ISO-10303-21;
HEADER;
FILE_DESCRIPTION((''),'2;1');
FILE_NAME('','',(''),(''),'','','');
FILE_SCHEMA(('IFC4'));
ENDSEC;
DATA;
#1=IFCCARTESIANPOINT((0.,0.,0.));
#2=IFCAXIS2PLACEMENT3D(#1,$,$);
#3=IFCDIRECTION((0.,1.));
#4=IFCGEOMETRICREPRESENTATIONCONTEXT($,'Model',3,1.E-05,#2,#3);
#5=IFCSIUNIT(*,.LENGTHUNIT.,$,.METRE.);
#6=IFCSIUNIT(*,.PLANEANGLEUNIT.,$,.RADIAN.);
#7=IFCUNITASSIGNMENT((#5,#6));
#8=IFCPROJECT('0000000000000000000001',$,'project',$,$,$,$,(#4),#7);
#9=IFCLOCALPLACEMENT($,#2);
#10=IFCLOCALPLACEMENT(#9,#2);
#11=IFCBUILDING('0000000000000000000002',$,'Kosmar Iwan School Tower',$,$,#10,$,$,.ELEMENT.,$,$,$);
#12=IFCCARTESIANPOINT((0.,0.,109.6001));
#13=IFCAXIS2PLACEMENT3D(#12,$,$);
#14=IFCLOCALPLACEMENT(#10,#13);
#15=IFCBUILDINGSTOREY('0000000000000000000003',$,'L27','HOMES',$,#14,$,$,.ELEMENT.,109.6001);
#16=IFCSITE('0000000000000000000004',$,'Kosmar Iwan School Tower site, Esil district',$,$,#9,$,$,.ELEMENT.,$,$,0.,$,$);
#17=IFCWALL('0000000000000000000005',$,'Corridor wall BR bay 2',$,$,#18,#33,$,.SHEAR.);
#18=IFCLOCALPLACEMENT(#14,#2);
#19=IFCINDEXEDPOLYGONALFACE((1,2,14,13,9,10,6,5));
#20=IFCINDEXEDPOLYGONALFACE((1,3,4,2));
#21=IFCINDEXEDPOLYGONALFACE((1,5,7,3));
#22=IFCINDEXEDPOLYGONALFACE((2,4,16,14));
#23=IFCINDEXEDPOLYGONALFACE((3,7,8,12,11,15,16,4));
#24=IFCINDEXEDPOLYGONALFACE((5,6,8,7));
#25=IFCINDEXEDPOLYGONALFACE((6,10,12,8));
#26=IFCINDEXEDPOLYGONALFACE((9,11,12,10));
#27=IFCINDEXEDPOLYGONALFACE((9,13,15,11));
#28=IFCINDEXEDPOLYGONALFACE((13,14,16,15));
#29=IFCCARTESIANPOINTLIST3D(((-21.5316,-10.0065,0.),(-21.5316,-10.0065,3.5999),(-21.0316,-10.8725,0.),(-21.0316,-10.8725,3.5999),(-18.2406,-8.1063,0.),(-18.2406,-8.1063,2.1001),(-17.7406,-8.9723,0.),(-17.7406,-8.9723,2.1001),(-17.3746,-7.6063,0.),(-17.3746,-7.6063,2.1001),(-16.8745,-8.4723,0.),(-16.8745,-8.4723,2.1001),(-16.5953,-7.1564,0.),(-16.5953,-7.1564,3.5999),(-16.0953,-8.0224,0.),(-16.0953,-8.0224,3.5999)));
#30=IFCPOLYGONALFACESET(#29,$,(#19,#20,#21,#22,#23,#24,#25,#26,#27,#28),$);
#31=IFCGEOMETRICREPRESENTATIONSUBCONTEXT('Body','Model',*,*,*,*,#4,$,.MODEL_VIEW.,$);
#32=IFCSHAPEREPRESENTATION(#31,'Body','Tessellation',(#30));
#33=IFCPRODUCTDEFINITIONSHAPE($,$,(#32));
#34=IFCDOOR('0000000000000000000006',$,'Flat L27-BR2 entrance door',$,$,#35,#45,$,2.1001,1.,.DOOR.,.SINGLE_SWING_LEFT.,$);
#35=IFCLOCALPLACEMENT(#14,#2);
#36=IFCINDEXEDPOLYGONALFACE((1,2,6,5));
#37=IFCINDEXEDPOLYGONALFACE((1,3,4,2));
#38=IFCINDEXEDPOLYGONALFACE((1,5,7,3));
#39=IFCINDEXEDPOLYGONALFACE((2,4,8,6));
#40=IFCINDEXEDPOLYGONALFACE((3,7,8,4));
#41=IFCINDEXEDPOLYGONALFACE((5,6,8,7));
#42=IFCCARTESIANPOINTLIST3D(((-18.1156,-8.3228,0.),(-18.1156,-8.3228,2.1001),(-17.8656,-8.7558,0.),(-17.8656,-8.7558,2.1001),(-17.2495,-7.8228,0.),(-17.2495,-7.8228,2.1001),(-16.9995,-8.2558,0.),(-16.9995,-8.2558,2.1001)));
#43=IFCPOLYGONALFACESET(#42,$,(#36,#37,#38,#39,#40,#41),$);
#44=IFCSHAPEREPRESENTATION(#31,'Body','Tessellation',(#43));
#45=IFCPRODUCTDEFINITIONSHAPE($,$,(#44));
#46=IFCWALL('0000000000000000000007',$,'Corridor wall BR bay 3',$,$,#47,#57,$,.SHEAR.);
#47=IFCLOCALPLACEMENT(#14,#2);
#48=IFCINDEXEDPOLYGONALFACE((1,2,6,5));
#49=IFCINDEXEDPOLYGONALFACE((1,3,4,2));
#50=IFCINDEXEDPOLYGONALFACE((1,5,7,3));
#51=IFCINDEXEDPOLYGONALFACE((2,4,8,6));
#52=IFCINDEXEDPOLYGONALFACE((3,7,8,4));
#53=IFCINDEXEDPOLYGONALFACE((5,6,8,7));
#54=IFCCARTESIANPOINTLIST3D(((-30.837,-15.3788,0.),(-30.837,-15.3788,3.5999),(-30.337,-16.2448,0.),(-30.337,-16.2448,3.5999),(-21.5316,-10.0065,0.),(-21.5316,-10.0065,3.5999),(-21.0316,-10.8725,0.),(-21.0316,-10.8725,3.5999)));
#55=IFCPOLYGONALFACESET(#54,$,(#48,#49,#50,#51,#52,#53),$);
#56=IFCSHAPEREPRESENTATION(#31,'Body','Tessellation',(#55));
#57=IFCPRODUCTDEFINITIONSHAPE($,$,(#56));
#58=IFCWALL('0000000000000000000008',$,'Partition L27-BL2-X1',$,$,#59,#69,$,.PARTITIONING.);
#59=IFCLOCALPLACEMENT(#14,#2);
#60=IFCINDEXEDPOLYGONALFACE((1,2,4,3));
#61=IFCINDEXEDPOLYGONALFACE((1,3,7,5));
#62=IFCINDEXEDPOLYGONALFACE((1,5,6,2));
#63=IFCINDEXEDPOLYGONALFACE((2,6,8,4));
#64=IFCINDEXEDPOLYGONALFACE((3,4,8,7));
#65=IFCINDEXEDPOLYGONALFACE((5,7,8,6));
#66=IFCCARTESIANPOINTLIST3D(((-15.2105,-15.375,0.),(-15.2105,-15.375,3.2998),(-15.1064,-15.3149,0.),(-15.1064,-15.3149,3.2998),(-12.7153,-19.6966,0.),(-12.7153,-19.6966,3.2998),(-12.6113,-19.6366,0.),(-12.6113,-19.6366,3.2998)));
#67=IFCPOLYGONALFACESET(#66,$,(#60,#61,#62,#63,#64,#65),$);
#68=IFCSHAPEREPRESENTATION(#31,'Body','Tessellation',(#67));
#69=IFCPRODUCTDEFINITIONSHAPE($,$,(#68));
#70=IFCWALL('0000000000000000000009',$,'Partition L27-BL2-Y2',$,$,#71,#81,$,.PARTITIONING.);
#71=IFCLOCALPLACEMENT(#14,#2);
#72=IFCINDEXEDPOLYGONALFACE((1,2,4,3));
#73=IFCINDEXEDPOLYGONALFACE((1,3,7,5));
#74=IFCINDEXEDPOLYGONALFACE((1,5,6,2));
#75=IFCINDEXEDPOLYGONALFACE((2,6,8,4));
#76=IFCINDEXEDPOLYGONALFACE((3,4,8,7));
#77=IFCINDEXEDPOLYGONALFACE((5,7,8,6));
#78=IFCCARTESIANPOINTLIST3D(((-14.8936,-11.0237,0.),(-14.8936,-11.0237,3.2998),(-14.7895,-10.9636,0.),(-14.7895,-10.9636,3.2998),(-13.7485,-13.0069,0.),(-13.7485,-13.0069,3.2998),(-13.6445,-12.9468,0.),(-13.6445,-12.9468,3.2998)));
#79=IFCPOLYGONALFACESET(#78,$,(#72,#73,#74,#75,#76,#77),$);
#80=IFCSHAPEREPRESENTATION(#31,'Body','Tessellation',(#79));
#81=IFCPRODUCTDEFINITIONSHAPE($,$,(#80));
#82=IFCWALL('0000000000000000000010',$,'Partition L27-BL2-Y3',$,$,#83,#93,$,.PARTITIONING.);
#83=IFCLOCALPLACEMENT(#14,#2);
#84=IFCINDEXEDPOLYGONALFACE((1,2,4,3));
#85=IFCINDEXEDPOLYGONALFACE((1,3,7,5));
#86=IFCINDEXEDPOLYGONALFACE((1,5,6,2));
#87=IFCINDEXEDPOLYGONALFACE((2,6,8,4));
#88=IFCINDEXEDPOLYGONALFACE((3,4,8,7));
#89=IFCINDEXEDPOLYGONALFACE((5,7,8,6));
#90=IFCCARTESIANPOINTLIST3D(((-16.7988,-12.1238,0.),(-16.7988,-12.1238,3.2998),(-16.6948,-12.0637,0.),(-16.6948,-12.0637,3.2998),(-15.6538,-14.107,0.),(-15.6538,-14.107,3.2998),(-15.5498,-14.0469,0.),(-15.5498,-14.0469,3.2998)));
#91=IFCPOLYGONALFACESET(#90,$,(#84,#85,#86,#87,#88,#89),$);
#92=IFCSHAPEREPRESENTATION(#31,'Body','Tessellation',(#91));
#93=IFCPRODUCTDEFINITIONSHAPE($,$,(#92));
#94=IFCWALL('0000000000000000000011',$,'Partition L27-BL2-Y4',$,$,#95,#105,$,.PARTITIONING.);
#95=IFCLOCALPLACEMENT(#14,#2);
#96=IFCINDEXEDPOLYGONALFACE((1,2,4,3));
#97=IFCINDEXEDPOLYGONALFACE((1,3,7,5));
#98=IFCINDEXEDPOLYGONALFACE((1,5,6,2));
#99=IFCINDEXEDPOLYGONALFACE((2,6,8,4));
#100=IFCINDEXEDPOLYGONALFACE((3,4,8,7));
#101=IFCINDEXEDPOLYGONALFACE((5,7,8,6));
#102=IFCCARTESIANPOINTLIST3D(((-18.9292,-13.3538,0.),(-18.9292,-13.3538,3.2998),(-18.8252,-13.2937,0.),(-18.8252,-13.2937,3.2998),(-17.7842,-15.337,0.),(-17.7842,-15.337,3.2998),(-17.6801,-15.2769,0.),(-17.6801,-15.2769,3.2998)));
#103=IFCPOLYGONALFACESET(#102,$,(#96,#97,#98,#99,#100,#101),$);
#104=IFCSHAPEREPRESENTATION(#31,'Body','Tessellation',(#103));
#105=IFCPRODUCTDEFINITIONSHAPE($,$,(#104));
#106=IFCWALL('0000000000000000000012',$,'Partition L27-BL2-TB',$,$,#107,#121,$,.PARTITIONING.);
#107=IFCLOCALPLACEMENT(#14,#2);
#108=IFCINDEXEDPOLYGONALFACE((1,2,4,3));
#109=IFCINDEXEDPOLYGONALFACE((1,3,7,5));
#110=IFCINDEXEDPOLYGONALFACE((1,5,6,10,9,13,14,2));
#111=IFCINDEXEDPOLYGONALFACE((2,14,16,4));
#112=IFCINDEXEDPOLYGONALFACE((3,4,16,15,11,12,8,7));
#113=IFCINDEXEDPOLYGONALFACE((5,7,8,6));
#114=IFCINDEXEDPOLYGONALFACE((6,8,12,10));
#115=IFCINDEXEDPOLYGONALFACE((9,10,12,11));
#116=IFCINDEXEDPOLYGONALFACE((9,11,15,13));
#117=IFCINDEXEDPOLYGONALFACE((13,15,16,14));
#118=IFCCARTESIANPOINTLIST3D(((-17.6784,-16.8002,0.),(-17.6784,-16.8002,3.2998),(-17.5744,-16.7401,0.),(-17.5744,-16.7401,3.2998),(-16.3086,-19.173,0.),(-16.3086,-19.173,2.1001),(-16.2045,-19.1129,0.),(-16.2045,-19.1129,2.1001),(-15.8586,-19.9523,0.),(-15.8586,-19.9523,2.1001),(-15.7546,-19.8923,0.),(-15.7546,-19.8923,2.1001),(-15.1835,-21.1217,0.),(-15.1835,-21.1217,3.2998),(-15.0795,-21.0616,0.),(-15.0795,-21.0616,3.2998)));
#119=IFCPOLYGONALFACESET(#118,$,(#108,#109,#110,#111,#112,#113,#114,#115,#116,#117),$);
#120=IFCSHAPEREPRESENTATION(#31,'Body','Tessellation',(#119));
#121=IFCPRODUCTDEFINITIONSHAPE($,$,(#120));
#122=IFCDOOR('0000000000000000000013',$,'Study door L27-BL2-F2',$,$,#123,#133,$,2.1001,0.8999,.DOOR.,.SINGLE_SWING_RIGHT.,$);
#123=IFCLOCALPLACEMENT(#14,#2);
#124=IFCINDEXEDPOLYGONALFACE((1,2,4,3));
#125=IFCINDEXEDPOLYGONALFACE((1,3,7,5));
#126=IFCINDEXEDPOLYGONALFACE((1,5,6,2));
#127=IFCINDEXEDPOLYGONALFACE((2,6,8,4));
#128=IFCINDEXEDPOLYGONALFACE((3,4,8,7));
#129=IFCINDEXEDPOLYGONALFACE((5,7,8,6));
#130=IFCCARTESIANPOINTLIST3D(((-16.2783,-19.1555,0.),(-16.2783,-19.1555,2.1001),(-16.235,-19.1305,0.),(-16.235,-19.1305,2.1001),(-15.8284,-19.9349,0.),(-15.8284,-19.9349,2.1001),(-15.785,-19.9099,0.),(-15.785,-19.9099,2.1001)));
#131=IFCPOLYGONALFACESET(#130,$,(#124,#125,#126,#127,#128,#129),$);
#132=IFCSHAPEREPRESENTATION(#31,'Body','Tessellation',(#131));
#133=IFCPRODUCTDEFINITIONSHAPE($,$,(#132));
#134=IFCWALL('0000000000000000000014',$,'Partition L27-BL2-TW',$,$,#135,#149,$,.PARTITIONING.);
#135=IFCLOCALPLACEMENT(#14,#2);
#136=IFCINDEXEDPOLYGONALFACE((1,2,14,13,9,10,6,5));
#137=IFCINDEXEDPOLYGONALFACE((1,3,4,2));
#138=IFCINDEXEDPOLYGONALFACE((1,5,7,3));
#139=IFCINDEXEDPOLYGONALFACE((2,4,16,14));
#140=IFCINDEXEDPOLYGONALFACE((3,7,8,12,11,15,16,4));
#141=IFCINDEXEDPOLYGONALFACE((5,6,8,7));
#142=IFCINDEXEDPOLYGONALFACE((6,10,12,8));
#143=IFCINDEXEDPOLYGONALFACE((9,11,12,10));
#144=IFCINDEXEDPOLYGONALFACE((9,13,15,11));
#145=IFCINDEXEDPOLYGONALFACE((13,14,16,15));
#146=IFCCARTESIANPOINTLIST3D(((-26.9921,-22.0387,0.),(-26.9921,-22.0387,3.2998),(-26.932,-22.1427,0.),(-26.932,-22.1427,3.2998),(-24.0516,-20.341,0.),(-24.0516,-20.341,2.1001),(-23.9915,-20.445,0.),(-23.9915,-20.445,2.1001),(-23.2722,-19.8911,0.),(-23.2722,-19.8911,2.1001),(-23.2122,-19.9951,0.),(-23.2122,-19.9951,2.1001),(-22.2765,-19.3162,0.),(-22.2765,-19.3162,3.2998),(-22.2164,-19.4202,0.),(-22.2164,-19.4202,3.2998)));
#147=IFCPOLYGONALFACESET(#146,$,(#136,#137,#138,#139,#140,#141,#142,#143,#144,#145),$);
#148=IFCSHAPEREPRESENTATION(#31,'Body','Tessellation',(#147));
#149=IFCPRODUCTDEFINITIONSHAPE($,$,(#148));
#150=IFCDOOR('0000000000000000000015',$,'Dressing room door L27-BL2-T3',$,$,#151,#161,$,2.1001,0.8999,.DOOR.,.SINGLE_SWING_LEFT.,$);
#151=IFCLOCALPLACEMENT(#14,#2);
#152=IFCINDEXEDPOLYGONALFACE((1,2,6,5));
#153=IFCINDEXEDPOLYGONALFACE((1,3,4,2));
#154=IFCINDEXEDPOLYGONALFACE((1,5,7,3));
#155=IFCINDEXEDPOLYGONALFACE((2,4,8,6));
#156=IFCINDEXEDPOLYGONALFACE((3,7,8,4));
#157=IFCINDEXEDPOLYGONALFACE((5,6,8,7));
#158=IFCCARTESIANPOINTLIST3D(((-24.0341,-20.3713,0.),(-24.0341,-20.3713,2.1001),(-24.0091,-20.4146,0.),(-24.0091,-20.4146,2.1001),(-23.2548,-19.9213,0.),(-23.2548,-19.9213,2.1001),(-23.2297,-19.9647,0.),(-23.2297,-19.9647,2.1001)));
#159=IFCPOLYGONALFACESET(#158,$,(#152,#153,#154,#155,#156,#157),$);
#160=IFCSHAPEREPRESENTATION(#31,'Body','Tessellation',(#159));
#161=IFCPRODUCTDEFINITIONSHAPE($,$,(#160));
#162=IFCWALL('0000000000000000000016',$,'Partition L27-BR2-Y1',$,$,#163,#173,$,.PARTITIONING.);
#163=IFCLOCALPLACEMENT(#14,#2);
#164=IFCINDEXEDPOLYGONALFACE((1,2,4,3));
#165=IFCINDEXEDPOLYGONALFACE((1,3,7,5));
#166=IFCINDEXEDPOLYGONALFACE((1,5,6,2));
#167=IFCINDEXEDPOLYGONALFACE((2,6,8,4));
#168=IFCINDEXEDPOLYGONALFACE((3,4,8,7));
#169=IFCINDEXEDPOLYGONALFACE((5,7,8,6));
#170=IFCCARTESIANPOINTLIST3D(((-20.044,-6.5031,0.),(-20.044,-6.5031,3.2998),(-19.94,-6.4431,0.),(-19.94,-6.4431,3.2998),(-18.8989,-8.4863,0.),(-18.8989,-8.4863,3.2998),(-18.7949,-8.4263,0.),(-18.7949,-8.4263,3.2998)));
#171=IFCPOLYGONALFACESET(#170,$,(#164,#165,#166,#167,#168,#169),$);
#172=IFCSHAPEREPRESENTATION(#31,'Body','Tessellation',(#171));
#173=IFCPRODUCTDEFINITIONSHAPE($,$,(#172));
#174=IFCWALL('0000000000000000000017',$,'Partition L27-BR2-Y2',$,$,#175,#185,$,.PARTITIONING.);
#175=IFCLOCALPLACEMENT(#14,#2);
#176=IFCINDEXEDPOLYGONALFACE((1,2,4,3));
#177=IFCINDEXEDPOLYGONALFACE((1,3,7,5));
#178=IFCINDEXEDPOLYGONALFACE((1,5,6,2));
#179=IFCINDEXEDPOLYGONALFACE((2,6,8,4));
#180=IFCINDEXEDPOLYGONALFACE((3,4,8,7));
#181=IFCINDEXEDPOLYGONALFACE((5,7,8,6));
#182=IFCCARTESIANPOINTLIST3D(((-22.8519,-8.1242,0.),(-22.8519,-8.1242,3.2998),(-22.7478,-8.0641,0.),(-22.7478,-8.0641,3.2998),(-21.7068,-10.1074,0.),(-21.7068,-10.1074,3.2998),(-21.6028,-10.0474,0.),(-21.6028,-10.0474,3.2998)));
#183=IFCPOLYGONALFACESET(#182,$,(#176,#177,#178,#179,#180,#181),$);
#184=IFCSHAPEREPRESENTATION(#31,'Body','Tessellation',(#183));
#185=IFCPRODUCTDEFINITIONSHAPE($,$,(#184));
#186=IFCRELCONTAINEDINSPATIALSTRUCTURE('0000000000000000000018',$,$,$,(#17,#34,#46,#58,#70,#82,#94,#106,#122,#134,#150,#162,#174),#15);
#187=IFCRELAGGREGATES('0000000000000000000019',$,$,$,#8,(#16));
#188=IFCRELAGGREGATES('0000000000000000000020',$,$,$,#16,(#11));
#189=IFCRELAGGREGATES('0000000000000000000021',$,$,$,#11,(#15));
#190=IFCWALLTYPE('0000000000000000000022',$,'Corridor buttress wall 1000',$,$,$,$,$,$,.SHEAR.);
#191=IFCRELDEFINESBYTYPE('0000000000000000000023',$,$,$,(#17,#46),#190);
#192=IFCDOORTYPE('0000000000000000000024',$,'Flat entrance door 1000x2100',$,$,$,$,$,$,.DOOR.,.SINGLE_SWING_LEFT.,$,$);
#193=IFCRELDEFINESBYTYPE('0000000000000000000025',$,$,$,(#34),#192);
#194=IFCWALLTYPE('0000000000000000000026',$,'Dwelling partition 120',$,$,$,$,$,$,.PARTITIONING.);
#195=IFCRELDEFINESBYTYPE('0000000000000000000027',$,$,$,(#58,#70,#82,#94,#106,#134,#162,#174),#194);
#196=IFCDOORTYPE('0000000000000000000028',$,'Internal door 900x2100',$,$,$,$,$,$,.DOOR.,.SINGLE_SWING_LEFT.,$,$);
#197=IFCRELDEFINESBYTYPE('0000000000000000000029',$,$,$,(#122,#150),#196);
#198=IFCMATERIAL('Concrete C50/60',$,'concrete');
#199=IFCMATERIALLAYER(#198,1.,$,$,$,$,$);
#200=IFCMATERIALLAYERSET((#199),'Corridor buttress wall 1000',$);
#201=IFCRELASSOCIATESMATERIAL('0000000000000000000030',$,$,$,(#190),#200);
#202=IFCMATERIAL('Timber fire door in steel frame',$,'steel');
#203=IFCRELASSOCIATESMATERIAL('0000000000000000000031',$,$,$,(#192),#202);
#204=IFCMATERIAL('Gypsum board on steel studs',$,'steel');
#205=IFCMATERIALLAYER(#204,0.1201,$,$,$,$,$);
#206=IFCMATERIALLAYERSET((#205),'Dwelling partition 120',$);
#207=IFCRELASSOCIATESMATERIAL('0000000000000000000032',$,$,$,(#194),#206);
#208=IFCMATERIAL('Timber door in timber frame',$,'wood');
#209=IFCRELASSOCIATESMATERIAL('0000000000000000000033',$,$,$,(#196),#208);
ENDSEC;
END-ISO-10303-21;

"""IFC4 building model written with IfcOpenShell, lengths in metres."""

from ifc_helpers import new_model, si_unit, direction, frame, frame_2d, origin, place, context, subcontext, project, spatial, rectangle, extrude, material, layer, layer_set, type_object, element, fill, save


model = new_model("IFC4")

# Units and contexts
model_context = context("Model", 3, precision=1e-05, world=origin(), true_north=direction((0.0, 1.0)))
body_context = subcontext(model_context, "Body", "Model", "MODEL_VIEW")
ifc_project = project(units=[si_unit("LENGTHUNIT", "METRE"), si_unit("PLANEANGLEUNIT", "RADIAN")], contexts=[model_context])

# Site, building, storey
site_placement = place(None, origin())
site = spatial("IfcSite", under=ifc_project, at=site_placement, Name="Kosmar Iwan School Tower site, Esil district", CompositionType="ELEMENT", RefElevation=0.0)
building_placement = place(site_placement, origin())
building = spatial("IfcBuilding", under=site, at=building_placement, Name="Kosmar Iwan School Tower", CompositionType="ELEMENT")
storey_placement = place(building_placement, frame((0.0, 0.0, 109.6001)))
storey = spatial("IfcBuildingStorey", under=building, at=storey_placement, Name="L27", Description="HOMES", CompositionType="ELEMENT", Elevation=109.6001)

# Wall, opening, door
ifc_material_1 = material(Name="Concrete C50/60", Category="concrete")
ifc_layer_1 = layer(ifc_material_1, 1.0)
ifc_layer_set_1 = layer_set([ifc_layer_1], Name="Corridor buttress wall 1000")
wall_type_1 = type_object("IfcWallType", Name="Corridor buttress wall 1000", PredefinedType="SHEAR", material=ifc_layer_set_1)
ifc_material_2 = material(Name="Timber fire door in steel frame", Category="steel")
door_type_1 = type_object("IfcDoorType", Name="Flat entrance door 1000x2100", OperationType="SINGLE_SWING_LEFT", PredefinedType="DOOR", material=ifc_material_2)
wall_1_placement = place(storey_placement, frame((-16.3452, -7.5894, 0.0), z_axis=(0.0, 0.0, 1.0), x_axis=(-0.866015, -0.500018, 0.0)))
wall_1 = element("IfcWall", 1, at=wall_1_placement, inside=storey, type_object=wall_type_1, Name="Corridor wall BR bay 2", PredefinedType="SHEAR", context=body_context, shape_type="SweptSolid", body=[
    extrude(rectangle(XDim=5.7, YDim=1.0, at=frame_2d((2.8501, 0.0))), origin(), (0.0, 0.0, 1.0), 3.5999),
])
opening_1_placement = place(wall_1_placement, frame((0.8999, 0.0, 0.0)))
opening_1 = element("IfcOpeningElement", 2, at=opening_1_placement, cuts=wall_1, PredefinedType="OPENING", context=body_context, shape_type="SweptSolid", body=[
    extrude(rectangle(XDim=1.0, YDim=2.1001, at=frame_2d((0.5, 1.05))), frame((0.0, 0.512, 0.0), z_axis=(0.0, -1.0, 0.0), x_axis=(1.0, 0.0, 0.0)), (0.0, 0.0, 1.0), 1.0239),
])
door_1_placement = place(opening_1_placement, origin())
door_1 = element("IfcDoor", 3, at=door_1_placement, inside=storey, type_object=door_type_1, Name="Flat L27-BR2 entrance door", OperationType="SINGLE_SWING_LEFT", OverallHeight=2.1001, OverallWidth=1.0, PredefinedType="DOOR", context=body_context, shape_type="SweptSolid", body=[
    extrude(rectangle(XDim=1.0, YDim=2.1001, at=frame_2d((0.5, 1.05))), frame((0.0, 0.25, 0.0), z_axis=(0.0, -1.0, 0.0), x_axis=(1.0, 0.0, 0.0)), (0.0, 0.0, 1.0), 0.5),
])
fill(opening_1, door_1)

# Walls
wall_2_placement = place(storey_placement, frame((-21.2815, -10.4395, 0.0), z_axis=(0.0, 0.0, 1.0), x_axis=(-0.866032, -0.499988, 0.0)))
element("IfcWall", 4, at=wall_2_placement, inside=storey, type_object=wall_type_1, Name="Corridor wall BR bay 3", PredefinedType="SHEAR", context=body_context, shape_type="SweptSolid", body=[
    extrude(rectangle(XDim=10.7449, YDim=1.0, at=frame_2d((5.3726, 0.0))), origin(), (0.0, 0.0, 1.0), 3.5999),
])
ifc_material_3 = material(Name="Gypsum board on steel studs", Category="steel")
ifc_layer_2 = layer(ifc_material_3, 0.1201)
ifc_layer_set_2 = layer_set([ifc_layer_2], Name="Dwelling partition 120")
wall_type_2 = type_object("IfcWallType", Name="Dwelling partition 120", PredefinedType="PARTITIONING", material=ifc_layer_set_2)
wall_3_placement = place(storey_placement, frame((-15.1584, -15.345, 0.0), z_axis=(0.0, 0.0, 1.0), x_axis=(0.500012, -0.866019, 0.0)))
element("IfcWall", 5, at=wall_3_placement, inside=storey, type_object=wall_type_2, Name="Partition L27-BL2-X1", PredefinedType="PARTITIONING", context=body_context, shape_type="SweptSolid", body=[
    extrude(rectangle(XDim=4.9902, YDim=0.1201, at=frame_2d((2.4951, 0.0))), origin(), (0.0, 0.0, 1.0), 3.2998),
])
for number, where, z_axis, x_axis, name in (
    (6, (-14.8416, -10.9937, 0.0), (0.0, 0.0, 1.0), (0.500015, -0.866017, 0.0), "Partition L27-BL2-Y2"),
    (7, (-16.7468, -12.0938, 0.0), (0.0, 0.0, 1.0), (0.500015, -0.866017, 0.0), "Partition L27-BL2-Y3"),
    (8, (-18.8772, -13.3237, 0.0), (0.0, 0.0, 1.0), (0.500015, -0.866017, 0.0), "Partition L27-BL2-Y4"),
):
    element("IfcWall", number, at=place(storey_placement, frame(where, z_axis=z_axis, x_axis=x_axis)), inside=storey, type_object=wall_type_2, Name=name, PredefinedType="PARTITIONING", context=body_context, shape_type="SweptSolid", body=[
        extrude(rectangle(XDim=2.29, YDim=0.1201, at=frame_2d((1.145, 0.0))), origin(), (0.0, 0.0, 1.0), 3.2998),
    ])

# Walls, openings, doors
wall_4_placement = place(storey_placement, frame((-17.6265, -16.77, 0.0), z_axis=(0.0, 0.0, 1.0), x_axis=(0.499975, -0.86604, 0.0)))
wall_4 = element("IfcWall", 9, at=wall_4_placement, inside=storey, type_object=wall_type_2, Name="Partition L27-BL2-TB", PredefinedType="PARTITIONING", context=body_context, shape_type="SweptSolid", body=[
    extrude(rectangle(XDim=4.99, YDim=0.1201, at=frame_2d((2.4951, 0.0))), origin(), (0.0, 0.0, 1.0), 3.2998),
])
opening_2_placement = place(wall_4_placement, frame((2.74, 0.0, 0.0)))
opening_2 = element("IfcOpeningElement", 10, at=opening_2_placement, cuts=wall_4, PredefinedType="OPENING", context=body_context, shape_type="SweptSolid", body=[
    extrude(rectangle(XDim=0.8999, YDim=2.1001, at=frame_2d((0.45, 1.05))), frame((0.0, 0.072, 0.0), z_axis=(0.0, -1.0, 0.0), x_axis=(1.0, 0.0, 0.0)), (0.0, 0.0, 1.0), 0.144),
])
ifc_material_4 = material(Name="Timber door in timber frame", Category="wood")
door_type_2 = type_object("IfcDoorType", Name="Internal door 900x2100", OperationType="SINGLE_SWING_LEFT", PredefinedType="DOOR", material=ifc_material_4)
door_2_placement = place(opening_2_placement, origin())
door_2 = element("IfcDoor", 11, at=door_2_placement, inside=storey, type_object=door_type_2, Name="Study door L27-BL2-F2", OperationType="SINGLE_SWING_RIGHT", OverallHeight=2.1001, OverallWidth=0.8999, PredefinedType="DOOR", context=body_context, shape_type="SweptSolid", body=[
    extrude(rectangle(XDim=0.8999, YDim=2.1001, at=frame_2d((0.45, 1.05))), frame((0.0, 0.0249, 0.0), z_axis=(0.0, -1.0, 0.0), x_axis=(1.0, 0.0, 0.0)), (0.0, 0.0, 1.0), 0.05),
])
fill(opening_2, door_2)
wall_5_placement = place(storey_placement, frame((-22.2463, -19.3682, 0.0), z_axis=(0.0, 0.0, 1.0), x_axis=(-0.866036, -0.499982, 0.0)))
wall_5 = element("IfcWall", 12, at=wall_5_placement, inside=storey, type_object=wall_type_2, Name="Partition L27-BL2-TW", PredefinedType="PARTITIONING", context=body_context, shape_type="SweptSolid", body=[
    extrude(rectangle(XDim=5.4451, YDim=0.1201, at=frame_2d((2.7227, 0.0))), origin(), (0.0, 0.0, 1.0), 3.2998),
])
opening_3_placement = place(wall_5_placement, frame((1.1499, 0.0, 0.0)))
opening_3 = element("IfcOpeningElement", 13, at=opening_3_placement, cuts=wall_5, PredefinedType="OPENING", context=body_context, shape_type="SweptSolid", body=[
    extrude(rectangle(XDim=0.8999, YDim=2.1001, at=frame_2d((0.45, 1.05))), frame((0.0, 0.072, 0.0), z_axis=(0.0, -1.0, 0.0), x_axis=(1.0, 0.0, 0.0)), (0.0, 0.0, 1.0), 0.144),
])
door_3_placement = place(opening_3_placement, origin())
door_3 = element("IfcDoor", 14, at=door_3_placement, inside=storey, type_object=door_type_2, Name="Dressing room door L27-BL2-T3", OperationType="SINGLE_SWING_LEFT", OverallHeight=2.1001, OverallWidth=0.8999, PredefinedType="DOOR", context=body_context, shape_type="SweptSolid", body=[
    extrude(rectangle(XDim=0.8999, YDim=2.1001, at=frame_2d((0.45, 1.05))), frame((0.0, 0.0249, 0.0), z_axis=(0.0, -1.0, 0.0), x_axis=(1.0, 0.0, 0.0)), (0.0, 0.0, 1.0), 0.05),
])
fill(opening_3, door_3)

# Walls
for number, where, z_axis, x_axis, name in (
    (15, (-18.8469, -8.4563, 0.0), (0.0, 0.0, 1.0), (-0.500015, 0.866017, 0.0), "Partition L27-BR2-Y1"),
    (16, (-21.6548, -10.0774, 0.0), (0.0, 0.0, 1.0), (-0.500015, 0.866017, 0.0), "Partition L27-BR2-Y2"),
):
    element("IfcWall", number, at=place(storey_placement, frame(where, z_axis=z_axis, x_axis=x_axis)), inside=storey, type_object=wall_type_2, Name=name, PredefinedType="PARTITIONING", context=body_context, shape_type="SweptSolid", body=[
        extrude(rectangle(XDim=2.29, YDim=0.1201, at=frame_2d((1.145, 0.0))), origin(), (0.0, 0.0, 1.0), 3.2998),
    ])

save(model, "model.ifc")
